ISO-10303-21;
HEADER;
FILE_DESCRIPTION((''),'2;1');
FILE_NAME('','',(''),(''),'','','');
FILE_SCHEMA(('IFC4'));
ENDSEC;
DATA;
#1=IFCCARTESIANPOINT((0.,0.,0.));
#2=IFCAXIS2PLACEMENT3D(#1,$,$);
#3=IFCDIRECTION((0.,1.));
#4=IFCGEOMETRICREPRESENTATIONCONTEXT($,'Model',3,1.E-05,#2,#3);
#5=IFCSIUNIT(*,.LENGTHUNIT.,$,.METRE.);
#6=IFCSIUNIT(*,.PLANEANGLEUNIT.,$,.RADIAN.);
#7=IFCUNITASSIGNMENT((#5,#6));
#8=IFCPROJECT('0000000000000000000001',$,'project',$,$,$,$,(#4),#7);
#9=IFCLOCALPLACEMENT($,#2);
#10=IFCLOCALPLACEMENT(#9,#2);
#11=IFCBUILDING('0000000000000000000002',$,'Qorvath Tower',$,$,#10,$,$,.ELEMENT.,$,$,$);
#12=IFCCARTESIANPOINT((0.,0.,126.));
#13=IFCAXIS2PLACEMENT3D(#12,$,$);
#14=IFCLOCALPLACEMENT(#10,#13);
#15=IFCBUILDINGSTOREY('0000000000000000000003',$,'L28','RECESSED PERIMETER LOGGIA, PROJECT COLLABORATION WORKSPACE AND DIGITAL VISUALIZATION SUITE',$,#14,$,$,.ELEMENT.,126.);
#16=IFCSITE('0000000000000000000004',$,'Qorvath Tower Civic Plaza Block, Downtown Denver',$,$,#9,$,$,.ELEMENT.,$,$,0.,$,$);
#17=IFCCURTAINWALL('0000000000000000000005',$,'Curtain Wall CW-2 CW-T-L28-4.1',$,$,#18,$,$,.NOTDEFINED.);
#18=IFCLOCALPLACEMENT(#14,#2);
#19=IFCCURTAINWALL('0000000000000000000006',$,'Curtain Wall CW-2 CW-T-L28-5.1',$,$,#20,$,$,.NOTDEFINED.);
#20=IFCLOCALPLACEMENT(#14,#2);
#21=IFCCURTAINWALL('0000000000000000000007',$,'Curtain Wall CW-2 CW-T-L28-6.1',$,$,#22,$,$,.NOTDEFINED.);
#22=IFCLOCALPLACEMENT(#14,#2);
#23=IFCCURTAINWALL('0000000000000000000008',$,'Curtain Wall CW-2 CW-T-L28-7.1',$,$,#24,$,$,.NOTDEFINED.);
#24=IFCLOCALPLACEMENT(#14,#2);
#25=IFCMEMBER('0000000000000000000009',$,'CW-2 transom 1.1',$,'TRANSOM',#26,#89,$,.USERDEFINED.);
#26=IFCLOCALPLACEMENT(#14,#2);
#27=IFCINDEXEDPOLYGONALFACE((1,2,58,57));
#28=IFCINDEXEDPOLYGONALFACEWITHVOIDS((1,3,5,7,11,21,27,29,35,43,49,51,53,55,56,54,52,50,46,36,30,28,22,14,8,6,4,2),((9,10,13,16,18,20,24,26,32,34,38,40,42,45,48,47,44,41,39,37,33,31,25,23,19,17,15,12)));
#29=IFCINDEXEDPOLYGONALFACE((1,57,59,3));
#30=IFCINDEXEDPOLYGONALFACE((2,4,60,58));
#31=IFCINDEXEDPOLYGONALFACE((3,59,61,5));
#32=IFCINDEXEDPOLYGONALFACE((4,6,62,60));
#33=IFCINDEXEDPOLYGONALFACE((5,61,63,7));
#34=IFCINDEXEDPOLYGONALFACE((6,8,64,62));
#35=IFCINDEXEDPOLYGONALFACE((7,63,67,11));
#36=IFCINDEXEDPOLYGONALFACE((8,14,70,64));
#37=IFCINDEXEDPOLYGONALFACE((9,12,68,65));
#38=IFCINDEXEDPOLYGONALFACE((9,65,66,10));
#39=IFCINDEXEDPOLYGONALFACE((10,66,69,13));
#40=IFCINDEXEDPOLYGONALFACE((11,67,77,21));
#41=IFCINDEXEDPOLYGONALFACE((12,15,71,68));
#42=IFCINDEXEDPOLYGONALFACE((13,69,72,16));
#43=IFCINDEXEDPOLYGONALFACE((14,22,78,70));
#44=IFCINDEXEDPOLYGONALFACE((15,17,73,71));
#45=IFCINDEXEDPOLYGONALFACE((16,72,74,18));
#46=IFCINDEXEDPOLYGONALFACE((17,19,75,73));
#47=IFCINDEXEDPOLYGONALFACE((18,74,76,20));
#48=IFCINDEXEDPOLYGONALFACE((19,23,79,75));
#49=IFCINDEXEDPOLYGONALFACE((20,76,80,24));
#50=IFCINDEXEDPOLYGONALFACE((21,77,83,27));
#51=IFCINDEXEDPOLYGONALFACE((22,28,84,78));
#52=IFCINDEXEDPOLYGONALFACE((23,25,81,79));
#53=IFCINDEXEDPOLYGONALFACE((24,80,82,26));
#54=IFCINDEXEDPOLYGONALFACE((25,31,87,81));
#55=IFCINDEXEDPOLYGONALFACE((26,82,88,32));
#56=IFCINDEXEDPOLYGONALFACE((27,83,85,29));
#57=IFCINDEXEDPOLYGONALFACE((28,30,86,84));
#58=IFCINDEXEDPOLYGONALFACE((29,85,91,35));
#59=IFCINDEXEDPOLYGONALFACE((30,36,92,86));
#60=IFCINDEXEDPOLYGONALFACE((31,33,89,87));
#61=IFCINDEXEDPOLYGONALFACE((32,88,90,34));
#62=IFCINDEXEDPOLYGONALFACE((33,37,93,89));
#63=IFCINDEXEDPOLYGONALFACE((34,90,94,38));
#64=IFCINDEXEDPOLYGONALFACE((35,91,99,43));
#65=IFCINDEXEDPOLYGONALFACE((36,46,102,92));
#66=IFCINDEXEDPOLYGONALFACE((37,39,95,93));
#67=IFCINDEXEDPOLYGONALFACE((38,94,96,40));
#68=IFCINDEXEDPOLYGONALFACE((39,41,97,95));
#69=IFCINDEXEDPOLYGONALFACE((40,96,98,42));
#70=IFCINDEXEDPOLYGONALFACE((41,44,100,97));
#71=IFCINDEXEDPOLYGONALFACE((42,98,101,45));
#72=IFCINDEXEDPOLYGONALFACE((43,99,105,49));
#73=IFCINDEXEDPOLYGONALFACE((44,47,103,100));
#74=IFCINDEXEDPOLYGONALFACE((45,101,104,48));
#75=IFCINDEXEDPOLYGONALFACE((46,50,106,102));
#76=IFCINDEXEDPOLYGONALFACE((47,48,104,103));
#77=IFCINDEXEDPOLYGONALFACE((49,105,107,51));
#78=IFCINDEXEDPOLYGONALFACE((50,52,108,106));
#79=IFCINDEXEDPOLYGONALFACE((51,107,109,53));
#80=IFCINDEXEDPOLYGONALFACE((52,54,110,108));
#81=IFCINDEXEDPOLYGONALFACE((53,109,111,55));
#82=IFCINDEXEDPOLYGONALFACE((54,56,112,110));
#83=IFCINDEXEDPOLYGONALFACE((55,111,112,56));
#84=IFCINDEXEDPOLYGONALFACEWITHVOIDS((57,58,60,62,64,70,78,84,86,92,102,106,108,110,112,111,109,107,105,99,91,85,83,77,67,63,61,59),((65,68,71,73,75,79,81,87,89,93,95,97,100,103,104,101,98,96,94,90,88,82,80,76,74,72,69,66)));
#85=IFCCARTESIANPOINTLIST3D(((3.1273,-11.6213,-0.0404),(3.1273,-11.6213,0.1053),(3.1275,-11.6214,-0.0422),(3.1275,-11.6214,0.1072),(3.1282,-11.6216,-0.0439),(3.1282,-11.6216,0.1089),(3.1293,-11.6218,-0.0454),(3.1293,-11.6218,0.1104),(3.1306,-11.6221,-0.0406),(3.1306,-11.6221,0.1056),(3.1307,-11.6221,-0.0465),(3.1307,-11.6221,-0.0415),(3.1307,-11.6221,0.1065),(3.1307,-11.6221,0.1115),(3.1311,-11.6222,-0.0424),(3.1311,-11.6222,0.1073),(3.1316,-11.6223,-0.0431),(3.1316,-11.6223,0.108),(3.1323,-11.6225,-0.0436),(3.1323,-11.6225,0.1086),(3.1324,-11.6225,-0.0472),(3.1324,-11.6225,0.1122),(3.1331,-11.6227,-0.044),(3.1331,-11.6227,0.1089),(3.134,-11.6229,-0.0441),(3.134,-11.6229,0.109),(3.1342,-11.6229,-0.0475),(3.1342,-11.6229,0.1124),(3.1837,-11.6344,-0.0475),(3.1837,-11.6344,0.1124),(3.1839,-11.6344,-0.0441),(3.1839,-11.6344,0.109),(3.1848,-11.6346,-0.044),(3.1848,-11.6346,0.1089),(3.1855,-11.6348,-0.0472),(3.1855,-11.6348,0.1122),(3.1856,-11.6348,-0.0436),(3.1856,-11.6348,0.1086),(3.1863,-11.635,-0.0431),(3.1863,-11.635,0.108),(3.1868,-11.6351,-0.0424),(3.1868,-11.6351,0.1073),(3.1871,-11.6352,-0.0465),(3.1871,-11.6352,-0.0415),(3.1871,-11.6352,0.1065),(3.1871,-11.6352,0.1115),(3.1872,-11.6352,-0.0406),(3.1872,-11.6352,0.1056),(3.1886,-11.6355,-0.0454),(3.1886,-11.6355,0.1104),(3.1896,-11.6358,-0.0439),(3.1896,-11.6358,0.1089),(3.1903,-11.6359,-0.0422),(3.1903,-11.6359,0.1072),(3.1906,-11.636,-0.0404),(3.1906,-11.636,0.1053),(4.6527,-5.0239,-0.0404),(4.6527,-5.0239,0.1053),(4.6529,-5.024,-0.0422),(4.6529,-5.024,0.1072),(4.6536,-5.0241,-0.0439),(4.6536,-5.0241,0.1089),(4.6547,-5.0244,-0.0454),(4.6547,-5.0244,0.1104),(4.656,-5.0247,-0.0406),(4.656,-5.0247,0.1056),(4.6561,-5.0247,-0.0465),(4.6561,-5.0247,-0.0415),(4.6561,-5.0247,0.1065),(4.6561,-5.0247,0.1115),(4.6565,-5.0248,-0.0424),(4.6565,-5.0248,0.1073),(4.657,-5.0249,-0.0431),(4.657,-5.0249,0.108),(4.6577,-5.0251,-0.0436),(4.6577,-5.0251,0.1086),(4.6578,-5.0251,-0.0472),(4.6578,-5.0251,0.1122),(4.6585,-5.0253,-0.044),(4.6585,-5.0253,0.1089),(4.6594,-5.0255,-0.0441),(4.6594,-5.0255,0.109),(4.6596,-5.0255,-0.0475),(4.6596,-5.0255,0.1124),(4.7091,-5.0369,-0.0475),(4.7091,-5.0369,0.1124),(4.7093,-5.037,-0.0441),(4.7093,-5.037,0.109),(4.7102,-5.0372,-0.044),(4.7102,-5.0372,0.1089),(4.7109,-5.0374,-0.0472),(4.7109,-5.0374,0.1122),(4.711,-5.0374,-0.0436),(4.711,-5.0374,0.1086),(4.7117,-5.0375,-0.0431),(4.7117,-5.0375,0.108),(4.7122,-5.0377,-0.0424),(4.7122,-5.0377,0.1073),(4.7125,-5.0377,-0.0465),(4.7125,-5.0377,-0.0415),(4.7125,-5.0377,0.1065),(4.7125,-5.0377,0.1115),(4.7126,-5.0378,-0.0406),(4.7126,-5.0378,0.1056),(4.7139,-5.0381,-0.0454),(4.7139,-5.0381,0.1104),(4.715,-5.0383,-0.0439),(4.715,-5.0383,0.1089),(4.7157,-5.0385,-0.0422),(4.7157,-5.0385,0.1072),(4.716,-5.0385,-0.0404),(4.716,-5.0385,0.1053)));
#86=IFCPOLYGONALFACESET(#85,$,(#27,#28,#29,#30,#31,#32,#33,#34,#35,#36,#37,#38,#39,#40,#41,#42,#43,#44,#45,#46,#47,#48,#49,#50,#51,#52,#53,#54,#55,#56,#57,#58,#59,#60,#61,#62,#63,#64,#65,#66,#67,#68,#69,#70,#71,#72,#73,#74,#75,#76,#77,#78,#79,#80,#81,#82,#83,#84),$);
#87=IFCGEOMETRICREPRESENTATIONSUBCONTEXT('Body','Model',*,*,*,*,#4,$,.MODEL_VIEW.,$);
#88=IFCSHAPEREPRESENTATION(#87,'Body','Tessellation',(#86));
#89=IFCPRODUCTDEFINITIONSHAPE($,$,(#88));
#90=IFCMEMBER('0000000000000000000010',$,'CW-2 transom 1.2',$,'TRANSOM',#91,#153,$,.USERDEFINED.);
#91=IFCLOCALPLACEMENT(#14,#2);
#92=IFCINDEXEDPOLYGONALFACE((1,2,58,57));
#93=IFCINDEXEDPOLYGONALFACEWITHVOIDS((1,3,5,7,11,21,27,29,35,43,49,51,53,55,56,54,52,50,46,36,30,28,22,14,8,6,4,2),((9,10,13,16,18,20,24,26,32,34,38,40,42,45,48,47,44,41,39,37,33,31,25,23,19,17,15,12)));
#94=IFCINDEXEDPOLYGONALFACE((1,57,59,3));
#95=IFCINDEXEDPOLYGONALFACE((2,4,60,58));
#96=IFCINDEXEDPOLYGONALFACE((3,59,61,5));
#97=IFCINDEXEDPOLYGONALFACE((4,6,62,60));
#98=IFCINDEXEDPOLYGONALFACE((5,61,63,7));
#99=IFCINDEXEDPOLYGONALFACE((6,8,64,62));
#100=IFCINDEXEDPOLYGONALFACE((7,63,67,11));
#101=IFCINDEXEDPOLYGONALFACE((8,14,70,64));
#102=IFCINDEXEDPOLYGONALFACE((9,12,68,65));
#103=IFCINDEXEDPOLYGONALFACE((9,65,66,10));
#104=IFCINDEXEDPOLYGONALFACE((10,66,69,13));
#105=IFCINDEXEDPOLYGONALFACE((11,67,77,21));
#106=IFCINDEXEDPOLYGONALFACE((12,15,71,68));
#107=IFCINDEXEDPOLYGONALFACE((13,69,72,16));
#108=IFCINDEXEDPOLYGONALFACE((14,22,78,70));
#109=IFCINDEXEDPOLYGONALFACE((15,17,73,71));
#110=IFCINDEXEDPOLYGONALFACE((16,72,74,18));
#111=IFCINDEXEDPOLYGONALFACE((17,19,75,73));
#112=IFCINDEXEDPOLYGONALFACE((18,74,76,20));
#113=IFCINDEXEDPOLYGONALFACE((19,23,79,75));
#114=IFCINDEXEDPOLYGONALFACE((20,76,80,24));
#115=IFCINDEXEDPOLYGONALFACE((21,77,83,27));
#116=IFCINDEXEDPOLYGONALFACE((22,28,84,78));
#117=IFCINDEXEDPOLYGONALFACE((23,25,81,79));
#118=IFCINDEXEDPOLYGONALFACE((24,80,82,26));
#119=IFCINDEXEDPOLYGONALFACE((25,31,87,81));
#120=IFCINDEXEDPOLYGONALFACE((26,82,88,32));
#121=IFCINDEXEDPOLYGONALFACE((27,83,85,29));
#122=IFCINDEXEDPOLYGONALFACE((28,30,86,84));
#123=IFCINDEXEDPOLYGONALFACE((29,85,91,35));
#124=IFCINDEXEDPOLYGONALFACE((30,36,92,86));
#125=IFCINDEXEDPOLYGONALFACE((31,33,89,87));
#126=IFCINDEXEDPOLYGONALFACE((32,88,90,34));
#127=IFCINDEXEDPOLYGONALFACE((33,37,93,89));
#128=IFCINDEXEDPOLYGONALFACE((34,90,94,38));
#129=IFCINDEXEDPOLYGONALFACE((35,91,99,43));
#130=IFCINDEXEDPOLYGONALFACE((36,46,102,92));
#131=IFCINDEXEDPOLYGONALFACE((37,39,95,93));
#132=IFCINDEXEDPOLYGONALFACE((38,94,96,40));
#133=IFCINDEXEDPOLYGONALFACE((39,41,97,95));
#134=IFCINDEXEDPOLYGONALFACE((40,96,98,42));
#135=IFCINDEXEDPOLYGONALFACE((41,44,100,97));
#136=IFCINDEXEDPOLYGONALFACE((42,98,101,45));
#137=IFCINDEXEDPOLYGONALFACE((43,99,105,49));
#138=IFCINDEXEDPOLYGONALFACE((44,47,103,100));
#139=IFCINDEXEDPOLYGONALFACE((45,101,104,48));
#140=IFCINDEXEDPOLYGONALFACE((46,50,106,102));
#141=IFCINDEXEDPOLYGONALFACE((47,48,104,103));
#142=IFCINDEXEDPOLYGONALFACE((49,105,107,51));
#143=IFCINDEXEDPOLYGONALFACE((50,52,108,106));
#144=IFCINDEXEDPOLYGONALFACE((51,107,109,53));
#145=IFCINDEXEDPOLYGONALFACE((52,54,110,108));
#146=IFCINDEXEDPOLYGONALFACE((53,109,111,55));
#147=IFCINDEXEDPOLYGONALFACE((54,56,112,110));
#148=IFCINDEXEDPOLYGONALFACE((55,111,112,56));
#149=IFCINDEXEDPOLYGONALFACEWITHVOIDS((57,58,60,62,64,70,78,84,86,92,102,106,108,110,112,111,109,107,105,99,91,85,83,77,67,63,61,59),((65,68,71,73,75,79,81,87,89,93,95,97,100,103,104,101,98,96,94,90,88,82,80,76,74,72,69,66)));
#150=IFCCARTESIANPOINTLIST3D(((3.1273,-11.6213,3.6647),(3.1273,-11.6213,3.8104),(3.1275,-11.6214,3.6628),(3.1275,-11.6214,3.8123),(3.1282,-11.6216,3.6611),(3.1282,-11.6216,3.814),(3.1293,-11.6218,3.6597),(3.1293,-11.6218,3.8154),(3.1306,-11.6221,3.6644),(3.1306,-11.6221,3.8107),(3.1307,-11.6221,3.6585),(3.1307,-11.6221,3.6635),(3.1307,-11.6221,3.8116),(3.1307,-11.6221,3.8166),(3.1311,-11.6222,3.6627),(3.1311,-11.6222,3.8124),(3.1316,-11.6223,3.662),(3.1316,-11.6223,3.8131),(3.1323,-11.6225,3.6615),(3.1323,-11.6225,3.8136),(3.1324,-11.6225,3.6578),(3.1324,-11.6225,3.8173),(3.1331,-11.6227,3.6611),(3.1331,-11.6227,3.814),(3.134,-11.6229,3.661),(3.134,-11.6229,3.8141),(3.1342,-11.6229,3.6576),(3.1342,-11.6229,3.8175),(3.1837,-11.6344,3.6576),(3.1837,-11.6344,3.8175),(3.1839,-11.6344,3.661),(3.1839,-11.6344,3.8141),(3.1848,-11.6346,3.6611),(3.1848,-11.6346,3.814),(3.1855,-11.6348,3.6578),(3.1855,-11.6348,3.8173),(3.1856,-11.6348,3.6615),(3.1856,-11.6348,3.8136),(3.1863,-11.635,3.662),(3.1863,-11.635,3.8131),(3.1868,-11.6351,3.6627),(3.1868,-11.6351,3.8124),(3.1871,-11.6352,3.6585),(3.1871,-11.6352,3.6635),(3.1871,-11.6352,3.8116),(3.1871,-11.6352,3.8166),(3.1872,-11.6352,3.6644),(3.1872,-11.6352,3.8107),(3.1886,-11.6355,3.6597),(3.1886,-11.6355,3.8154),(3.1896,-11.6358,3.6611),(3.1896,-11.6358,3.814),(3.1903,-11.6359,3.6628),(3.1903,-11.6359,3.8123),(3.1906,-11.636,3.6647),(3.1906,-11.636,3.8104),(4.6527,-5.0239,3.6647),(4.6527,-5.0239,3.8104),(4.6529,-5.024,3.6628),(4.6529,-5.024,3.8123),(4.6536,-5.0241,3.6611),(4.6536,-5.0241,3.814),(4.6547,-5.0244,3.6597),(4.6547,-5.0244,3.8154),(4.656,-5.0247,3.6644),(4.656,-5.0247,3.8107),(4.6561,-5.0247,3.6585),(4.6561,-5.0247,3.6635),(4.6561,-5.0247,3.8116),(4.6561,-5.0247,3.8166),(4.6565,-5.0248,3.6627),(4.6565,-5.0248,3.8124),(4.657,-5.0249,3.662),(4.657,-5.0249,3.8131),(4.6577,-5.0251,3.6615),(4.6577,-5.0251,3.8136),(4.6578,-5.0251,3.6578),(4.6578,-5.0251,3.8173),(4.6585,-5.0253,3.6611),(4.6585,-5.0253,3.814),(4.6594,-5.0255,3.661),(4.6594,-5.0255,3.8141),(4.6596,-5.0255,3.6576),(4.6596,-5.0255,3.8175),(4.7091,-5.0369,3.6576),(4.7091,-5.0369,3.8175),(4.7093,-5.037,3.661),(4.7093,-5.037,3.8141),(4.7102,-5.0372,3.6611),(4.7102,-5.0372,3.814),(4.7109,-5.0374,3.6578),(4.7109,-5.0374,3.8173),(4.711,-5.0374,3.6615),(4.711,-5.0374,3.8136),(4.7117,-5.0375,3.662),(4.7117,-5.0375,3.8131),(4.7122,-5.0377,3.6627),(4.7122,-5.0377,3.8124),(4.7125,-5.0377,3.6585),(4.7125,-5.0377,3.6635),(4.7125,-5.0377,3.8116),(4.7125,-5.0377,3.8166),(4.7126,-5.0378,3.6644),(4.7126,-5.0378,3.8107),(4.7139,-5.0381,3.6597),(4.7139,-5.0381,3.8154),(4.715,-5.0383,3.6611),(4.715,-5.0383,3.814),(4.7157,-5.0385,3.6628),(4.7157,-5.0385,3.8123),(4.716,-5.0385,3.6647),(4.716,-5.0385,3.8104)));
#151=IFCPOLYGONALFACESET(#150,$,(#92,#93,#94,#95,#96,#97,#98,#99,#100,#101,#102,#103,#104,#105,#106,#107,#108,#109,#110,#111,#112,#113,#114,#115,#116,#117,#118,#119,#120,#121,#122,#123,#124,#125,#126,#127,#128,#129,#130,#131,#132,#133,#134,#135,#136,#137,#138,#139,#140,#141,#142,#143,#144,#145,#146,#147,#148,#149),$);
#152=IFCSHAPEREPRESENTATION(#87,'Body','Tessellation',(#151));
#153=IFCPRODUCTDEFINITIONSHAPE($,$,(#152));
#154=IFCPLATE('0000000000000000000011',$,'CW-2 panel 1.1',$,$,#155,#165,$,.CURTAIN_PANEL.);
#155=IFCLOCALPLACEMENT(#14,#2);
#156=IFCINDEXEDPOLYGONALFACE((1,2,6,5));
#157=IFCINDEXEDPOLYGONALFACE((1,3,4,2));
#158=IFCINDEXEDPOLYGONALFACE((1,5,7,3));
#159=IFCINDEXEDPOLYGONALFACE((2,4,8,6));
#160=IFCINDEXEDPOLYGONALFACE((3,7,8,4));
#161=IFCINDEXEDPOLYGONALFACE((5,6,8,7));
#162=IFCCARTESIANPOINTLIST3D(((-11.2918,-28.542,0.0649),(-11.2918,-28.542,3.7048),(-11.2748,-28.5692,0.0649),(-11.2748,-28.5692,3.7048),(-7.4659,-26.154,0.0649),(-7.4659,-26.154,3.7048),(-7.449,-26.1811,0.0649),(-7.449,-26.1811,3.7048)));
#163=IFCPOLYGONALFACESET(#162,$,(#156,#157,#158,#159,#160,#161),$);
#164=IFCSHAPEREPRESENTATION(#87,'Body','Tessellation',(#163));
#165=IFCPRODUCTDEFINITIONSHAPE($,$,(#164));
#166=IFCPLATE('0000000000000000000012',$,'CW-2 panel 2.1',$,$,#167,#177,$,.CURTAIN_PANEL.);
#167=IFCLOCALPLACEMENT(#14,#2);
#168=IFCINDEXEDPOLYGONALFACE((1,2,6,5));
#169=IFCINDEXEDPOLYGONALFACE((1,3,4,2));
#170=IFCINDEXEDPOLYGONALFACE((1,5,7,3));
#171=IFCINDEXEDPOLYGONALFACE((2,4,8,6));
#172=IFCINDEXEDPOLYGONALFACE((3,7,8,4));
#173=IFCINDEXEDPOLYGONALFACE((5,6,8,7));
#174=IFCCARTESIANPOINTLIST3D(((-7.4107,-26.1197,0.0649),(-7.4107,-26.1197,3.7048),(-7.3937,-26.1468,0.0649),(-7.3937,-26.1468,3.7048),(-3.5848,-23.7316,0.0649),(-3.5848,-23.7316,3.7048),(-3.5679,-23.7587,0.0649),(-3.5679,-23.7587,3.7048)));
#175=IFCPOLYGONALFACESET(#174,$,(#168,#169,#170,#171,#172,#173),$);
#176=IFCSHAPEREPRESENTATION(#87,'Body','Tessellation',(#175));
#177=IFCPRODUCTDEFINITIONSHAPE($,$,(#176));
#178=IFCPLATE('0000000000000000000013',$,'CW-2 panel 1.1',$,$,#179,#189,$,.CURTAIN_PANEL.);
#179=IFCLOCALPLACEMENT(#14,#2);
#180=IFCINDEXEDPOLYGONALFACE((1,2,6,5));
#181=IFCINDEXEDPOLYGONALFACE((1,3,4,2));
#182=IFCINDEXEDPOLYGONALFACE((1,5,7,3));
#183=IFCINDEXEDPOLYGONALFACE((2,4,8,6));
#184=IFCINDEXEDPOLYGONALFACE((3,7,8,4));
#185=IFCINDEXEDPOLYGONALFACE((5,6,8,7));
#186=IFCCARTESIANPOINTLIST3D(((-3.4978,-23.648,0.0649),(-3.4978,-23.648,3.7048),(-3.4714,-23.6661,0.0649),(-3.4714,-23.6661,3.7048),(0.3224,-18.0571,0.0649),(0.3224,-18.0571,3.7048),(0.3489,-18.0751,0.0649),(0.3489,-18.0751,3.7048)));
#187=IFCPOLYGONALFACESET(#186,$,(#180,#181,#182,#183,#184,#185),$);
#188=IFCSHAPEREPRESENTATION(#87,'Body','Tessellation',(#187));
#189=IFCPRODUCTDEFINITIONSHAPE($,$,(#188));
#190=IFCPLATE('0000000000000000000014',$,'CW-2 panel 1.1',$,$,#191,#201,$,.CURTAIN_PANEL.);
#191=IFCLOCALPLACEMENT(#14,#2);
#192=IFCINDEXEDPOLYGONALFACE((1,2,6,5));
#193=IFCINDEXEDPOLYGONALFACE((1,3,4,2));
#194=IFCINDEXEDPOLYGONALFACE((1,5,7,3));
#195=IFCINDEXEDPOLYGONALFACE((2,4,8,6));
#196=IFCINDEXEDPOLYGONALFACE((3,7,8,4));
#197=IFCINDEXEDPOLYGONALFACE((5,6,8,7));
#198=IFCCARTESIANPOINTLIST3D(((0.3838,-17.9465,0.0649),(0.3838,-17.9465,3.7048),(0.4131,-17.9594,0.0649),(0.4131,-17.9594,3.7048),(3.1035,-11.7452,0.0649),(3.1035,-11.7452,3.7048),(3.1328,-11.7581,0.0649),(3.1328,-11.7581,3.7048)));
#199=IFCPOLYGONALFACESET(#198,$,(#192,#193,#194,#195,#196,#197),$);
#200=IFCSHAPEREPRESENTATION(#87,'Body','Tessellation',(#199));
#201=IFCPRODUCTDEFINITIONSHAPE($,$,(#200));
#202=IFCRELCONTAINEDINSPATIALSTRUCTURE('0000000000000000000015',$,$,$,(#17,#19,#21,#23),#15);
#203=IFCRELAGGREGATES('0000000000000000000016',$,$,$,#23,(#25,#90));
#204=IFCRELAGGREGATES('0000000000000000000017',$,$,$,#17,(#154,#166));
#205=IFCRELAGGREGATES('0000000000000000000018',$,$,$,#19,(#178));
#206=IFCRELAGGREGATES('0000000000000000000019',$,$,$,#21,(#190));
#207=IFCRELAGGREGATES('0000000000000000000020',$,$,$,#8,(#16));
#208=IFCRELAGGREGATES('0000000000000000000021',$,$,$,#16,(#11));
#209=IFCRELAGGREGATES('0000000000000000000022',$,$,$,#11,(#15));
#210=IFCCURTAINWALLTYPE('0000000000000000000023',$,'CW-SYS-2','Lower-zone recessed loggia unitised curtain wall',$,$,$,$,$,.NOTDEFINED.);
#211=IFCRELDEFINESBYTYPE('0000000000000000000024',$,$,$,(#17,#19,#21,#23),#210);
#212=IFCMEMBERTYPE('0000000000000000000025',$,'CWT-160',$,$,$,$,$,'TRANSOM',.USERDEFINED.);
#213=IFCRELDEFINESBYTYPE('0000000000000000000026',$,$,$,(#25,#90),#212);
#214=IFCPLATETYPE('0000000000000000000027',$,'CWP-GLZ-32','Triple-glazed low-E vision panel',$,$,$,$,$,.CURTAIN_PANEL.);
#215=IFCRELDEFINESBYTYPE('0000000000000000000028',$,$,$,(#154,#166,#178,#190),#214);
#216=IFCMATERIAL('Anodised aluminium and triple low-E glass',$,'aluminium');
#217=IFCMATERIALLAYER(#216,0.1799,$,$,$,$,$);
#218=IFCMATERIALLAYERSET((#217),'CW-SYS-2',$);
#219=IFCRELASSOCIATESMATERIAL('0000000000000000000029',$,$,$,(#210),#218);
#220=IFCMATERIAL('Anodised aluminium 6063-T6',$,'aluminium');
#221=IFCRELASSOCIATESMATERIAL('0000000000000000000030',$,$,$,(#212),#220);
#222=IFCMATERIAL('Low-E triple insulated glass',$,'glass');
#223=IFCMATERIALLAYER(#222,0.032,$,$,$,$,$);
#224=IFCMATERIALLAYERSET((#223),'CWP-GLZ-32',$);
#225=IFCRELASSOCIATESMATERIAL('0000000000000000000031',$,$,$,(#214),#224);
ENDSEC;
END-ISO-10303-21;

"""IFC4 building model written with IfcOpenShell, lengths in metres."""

from ifc_helpers import new_model, si_unit, direction, frame, origin, origin_2d, place, context, subcontext, project, spatial, rectangle, hollow_rectangle, extrude, material, layer, layer_set, material_profile, profile_set, type_object, element, aggregate, save


model = new_model("IFC4")

# Units and contexts
model_context = context("Model", 3, precision=1e-05, world=origin(), true_north=direction((0.0, 1.0)))
body_context = subcontext(model_context, "Body", "Model", "MODEL_VIEW")
ifc_project = project(units=[si_unit("LENGTHUNIT", "METRE"), si_unit("PLANEANGLEUNIT", "RADIAN")], contexts=[model_context])

# Site, building, storey
site_placement = place(None, origin())
site = spatial("IfcSite", under=ifc_project, at=site_placement, Name="Qorvath Tower Civic Plaza Block, Downtown Denver", CompositionType="ELEMENT", RefElevation=0.0)
building_placement = place(site_placement, origin())
building = spatial("IfcBuilding", under=site, at=building_placement, Name="Qorvath Tower", CompositionType="ELEMENT")
storey_placement = place(building_placement, frame((0.0, 0.0, 126.0)))
storey = spatial("IfcBuildingStorey", under=building, at=storey_placement, Name="L28", Description="RECESSED PERIMETER LOGGIA, PROJECT COLLABORATION WORKSPACE AND DIGITAL VISUALIZATION SUITE", CompositionType="ELEMENT", Elevation=126.0)

# Curtain walls
ifc_material_1 = material(Name="Anodised aluminium and triple low-E glass", Category="aluminium")
ifc_layer_1 = layer(ifc_material_1, 0.1799)
ifc_layer_set_1 = layer_set([ifc_layer_1], Name="CW-SYS-2")
curtain_wall_type = type_object("IfcCurtainWallType", Name="CW-SYS-2", Description="Lower-zone recessed loggia unitised curtain wall", PredefinedType="NOTDEFINED", material=ifc_layer_set_1)
curtain_wall_1_placement = place(storey_placement, origin())
curtain_wall_1 = element("IfcCurtainWall", 1, at=curtain_wall_1_placement, inside=storey, type_object=curtain_wall_type, Name="Curtain Wall CW-2 CW-T-L28-4.1", PredefinedType="NOTDEFINED")
curtain_wall_2_placement = place(storey_placement, origin())
curtain_wall_2 = element("IfcCurtainWall", 2, at=curtain_wall_2_placement, inside=storey, type_object=curtain_wall_type, Name="Curtain Wall CW-2 CW-T-L28-5.1", PredefinedType="NOTDEFINED")
curtain_wall_3_placement = place(storey_placement, origin())
curtain_wall_3 = element("IfcCurtainWall", 3, at=curtain_wall_3_placement, inside=storey, type_object=curtain_wall_type, Name="Curtain Wall CW-2 CW-T-L28-6.1", PredefinedType="NOTDEFINED")

# Curtain wall
curtain_wall_4_placement = place(storey_placement, origin())
curtain_wall_4 = element("IfcCurtainWall", 4, at=curtain_wall_4_placement, inside=storey, type_object=curtain_wall_type, Name="Curtain Wall CW-2 CW-T-L28-7.1", PredefinedType="NOTDEFINED")

# Members
ifc_material_2 = material(Name="Anodised aluminium 6063-T6", Category="aluminium")
ifc_material_profile_1 = material_profile(ifc_material_2, hollow_rectangle(XDim=0.0649, YDim=0.1599, WallThickness=0.0034, InnerFilletRadius=0.0034, OuterFilletRadius=0.0071, at=origin_2d()), Name="CWT 160x65")
ifc_profile_set_1 = profile_set([ifc_material_profile_1], Name="Anodised aluminium 6063-T6")
member_type_1 = type_object("IfcMemberType", Name="CWT-160", ElementType="TRANSOM", PredefinedType="USERDEFINED", material=ifc_profile_set_1)
member_1_placement = place(storey_placement, frame((3.1589, -11.6287, 0.0325), z_axis=(0.225268, 0.974297, 0.0), x_axis=(-0.974297, 0.225268, 0.0)))
member_1 = element("IfcMember", 5, at=member_1_placement, type_object=member_type_1, Name="CW-2 transom 1.1", ObjectType="TRANSOM", PredefinedType="USERDEFINED", context=body_context, shape_type="SweptSolid", body=[
    extrude(hollow_rectangle(XDim=0.0649, YDim=0.1599, WallThickness=0.0034, InnerFilletRadius=0.0034, OuterFilletRadius=0.0071, at=origin_2d()), origin(), (0.0, 0.0, 1.0), 6.7715),
])
member_2_placement = place(storey_placement, frame((3.1589, -11.6287, 3.7375), z_axis=(0.225268, 0.974297, 0.0), x_axis=(-0.974297, 0.225268, 0.0)))
member_2 = element("IfcMember", 6, at=member_2_placement, type_object=member_type_1, Name="CW-2 transom 1.2", ObjectType="TRANSOM", PredefinedType="USERDEFINED", context=body_context, shape_type="SweptSolid", body=[
    extrude(hollow_rectangle(XDim=0.0649, YDim=0.1599, WallThickness=0.0034, InnerFilletRadius=0.0034, OuterFilletRadius=0.0071, at=origin_2d()), origin(), (0.0, 0.0, 1.0), 6.7715),
])
aggregate(curtain_wall_4, [member_1, member_2])

# Plates
ifc_material_3 = material(Name="Low-E triple insulated glass", Category="glass")
ifc_layer_2 = layer(ifc_material_3, 0.032)
ifc_layer_set_2 = layer_set([ifc_layer_2], Name="CWP-GLZ-32")
plate_type = type_object("IfcPlateType", Name="CWP-GLZ-32", Description="Triple-glazed low-E vision panel", PredefinedType="CURTAIN_PANEL", material=ifc_layer_set_2)
plate_1_placement = place(storey_placement, frame((-9.3704, -27.3616, 0.0649), z_axis=(0.0, 0.0, 1.0), x_axis=(0.848308, 0.529503, 0.0)))
plate_1 = element("IfcPlate", 7, at=plate_1_placement, type_object=plate_type, Name="CW-2 panel 1.1", PredefinedType="CURTAIN_PANEL", context=body_context, shape_type="SweptSolid", body=[
    extrude(rectangle(XDim=4.51, YDim=0.032, at=origin_2d()), origin(), (0.0, 0.0, 1.0), 3.6399),
])
plate_2_placement = place(storey_placement, frame((-5.4893, -24.9392, 0.0649), z_axis=(0.0, 0.0, 1.0), x_axis=(0.848308, 0.529503, 0.0)))
plate_2 = element("IfcPlate", 8, at=plate_2_placement, type_object=plate_type, Name="CW-2 panel 2.1", PredefinedType="CURTAIN_PANEL", context=body_context, shape_type="SweptSolid", body=[
    extrude(rectangle(XDim=4.51, YDim=0.032, at=origin_2d()), origin(), (0.0, 0.0, 1.0), 3.6399),
])
aggregate(curtain_wall_1, [plate_1, plate_2])
plate_3_placement = place(storey_placement, frame((-1.5745, -20.8616, 0.0649), z_axis=(0.0, 0.0, 1.0), x_axis=(0.564164, 0.825663, 0.0)))
plate_3 = element("IfcPlate", 9, at=plate_3_placement, type_object=plate_type, Name="CW-2 panel 1.1", PredefinedType="CURTAIN_PANEL", context=body_context, shape_type="SweptSolid", body=[
    extrude(rectangle(XDim=6.7715, YDim=0.032, at=origin_2d()), origin(), (0.0, 0.0, 1.0), 3.6399),
])
aggregate(curtain_wall_2, [plate_3])
plate_4_placement = place(storey_placement, frame((1.7583, -14.8523, 0.0649), z_axis=(0.0, 0.0, 1.0), x_axis=(0.401649, 0.915794, 0.0)))
plate_4 = element("IfcPlate", 10, at=plate_4_placement, type_object=plate_type, Name="CW-2 panel 1.1", PredefinedType="CURTAIN_PANEL", context=body_context, shape_type="SweptSolid", body=[
    extrude(rectangle(XDim=6.7715, YDim=0.032, at=origin_2d()), origin(), (0.0, 0.0, 1.0), 3.6399),
])
aggregate(curtain_wall_3, [plate_4])

save(model, "model.ifc")
